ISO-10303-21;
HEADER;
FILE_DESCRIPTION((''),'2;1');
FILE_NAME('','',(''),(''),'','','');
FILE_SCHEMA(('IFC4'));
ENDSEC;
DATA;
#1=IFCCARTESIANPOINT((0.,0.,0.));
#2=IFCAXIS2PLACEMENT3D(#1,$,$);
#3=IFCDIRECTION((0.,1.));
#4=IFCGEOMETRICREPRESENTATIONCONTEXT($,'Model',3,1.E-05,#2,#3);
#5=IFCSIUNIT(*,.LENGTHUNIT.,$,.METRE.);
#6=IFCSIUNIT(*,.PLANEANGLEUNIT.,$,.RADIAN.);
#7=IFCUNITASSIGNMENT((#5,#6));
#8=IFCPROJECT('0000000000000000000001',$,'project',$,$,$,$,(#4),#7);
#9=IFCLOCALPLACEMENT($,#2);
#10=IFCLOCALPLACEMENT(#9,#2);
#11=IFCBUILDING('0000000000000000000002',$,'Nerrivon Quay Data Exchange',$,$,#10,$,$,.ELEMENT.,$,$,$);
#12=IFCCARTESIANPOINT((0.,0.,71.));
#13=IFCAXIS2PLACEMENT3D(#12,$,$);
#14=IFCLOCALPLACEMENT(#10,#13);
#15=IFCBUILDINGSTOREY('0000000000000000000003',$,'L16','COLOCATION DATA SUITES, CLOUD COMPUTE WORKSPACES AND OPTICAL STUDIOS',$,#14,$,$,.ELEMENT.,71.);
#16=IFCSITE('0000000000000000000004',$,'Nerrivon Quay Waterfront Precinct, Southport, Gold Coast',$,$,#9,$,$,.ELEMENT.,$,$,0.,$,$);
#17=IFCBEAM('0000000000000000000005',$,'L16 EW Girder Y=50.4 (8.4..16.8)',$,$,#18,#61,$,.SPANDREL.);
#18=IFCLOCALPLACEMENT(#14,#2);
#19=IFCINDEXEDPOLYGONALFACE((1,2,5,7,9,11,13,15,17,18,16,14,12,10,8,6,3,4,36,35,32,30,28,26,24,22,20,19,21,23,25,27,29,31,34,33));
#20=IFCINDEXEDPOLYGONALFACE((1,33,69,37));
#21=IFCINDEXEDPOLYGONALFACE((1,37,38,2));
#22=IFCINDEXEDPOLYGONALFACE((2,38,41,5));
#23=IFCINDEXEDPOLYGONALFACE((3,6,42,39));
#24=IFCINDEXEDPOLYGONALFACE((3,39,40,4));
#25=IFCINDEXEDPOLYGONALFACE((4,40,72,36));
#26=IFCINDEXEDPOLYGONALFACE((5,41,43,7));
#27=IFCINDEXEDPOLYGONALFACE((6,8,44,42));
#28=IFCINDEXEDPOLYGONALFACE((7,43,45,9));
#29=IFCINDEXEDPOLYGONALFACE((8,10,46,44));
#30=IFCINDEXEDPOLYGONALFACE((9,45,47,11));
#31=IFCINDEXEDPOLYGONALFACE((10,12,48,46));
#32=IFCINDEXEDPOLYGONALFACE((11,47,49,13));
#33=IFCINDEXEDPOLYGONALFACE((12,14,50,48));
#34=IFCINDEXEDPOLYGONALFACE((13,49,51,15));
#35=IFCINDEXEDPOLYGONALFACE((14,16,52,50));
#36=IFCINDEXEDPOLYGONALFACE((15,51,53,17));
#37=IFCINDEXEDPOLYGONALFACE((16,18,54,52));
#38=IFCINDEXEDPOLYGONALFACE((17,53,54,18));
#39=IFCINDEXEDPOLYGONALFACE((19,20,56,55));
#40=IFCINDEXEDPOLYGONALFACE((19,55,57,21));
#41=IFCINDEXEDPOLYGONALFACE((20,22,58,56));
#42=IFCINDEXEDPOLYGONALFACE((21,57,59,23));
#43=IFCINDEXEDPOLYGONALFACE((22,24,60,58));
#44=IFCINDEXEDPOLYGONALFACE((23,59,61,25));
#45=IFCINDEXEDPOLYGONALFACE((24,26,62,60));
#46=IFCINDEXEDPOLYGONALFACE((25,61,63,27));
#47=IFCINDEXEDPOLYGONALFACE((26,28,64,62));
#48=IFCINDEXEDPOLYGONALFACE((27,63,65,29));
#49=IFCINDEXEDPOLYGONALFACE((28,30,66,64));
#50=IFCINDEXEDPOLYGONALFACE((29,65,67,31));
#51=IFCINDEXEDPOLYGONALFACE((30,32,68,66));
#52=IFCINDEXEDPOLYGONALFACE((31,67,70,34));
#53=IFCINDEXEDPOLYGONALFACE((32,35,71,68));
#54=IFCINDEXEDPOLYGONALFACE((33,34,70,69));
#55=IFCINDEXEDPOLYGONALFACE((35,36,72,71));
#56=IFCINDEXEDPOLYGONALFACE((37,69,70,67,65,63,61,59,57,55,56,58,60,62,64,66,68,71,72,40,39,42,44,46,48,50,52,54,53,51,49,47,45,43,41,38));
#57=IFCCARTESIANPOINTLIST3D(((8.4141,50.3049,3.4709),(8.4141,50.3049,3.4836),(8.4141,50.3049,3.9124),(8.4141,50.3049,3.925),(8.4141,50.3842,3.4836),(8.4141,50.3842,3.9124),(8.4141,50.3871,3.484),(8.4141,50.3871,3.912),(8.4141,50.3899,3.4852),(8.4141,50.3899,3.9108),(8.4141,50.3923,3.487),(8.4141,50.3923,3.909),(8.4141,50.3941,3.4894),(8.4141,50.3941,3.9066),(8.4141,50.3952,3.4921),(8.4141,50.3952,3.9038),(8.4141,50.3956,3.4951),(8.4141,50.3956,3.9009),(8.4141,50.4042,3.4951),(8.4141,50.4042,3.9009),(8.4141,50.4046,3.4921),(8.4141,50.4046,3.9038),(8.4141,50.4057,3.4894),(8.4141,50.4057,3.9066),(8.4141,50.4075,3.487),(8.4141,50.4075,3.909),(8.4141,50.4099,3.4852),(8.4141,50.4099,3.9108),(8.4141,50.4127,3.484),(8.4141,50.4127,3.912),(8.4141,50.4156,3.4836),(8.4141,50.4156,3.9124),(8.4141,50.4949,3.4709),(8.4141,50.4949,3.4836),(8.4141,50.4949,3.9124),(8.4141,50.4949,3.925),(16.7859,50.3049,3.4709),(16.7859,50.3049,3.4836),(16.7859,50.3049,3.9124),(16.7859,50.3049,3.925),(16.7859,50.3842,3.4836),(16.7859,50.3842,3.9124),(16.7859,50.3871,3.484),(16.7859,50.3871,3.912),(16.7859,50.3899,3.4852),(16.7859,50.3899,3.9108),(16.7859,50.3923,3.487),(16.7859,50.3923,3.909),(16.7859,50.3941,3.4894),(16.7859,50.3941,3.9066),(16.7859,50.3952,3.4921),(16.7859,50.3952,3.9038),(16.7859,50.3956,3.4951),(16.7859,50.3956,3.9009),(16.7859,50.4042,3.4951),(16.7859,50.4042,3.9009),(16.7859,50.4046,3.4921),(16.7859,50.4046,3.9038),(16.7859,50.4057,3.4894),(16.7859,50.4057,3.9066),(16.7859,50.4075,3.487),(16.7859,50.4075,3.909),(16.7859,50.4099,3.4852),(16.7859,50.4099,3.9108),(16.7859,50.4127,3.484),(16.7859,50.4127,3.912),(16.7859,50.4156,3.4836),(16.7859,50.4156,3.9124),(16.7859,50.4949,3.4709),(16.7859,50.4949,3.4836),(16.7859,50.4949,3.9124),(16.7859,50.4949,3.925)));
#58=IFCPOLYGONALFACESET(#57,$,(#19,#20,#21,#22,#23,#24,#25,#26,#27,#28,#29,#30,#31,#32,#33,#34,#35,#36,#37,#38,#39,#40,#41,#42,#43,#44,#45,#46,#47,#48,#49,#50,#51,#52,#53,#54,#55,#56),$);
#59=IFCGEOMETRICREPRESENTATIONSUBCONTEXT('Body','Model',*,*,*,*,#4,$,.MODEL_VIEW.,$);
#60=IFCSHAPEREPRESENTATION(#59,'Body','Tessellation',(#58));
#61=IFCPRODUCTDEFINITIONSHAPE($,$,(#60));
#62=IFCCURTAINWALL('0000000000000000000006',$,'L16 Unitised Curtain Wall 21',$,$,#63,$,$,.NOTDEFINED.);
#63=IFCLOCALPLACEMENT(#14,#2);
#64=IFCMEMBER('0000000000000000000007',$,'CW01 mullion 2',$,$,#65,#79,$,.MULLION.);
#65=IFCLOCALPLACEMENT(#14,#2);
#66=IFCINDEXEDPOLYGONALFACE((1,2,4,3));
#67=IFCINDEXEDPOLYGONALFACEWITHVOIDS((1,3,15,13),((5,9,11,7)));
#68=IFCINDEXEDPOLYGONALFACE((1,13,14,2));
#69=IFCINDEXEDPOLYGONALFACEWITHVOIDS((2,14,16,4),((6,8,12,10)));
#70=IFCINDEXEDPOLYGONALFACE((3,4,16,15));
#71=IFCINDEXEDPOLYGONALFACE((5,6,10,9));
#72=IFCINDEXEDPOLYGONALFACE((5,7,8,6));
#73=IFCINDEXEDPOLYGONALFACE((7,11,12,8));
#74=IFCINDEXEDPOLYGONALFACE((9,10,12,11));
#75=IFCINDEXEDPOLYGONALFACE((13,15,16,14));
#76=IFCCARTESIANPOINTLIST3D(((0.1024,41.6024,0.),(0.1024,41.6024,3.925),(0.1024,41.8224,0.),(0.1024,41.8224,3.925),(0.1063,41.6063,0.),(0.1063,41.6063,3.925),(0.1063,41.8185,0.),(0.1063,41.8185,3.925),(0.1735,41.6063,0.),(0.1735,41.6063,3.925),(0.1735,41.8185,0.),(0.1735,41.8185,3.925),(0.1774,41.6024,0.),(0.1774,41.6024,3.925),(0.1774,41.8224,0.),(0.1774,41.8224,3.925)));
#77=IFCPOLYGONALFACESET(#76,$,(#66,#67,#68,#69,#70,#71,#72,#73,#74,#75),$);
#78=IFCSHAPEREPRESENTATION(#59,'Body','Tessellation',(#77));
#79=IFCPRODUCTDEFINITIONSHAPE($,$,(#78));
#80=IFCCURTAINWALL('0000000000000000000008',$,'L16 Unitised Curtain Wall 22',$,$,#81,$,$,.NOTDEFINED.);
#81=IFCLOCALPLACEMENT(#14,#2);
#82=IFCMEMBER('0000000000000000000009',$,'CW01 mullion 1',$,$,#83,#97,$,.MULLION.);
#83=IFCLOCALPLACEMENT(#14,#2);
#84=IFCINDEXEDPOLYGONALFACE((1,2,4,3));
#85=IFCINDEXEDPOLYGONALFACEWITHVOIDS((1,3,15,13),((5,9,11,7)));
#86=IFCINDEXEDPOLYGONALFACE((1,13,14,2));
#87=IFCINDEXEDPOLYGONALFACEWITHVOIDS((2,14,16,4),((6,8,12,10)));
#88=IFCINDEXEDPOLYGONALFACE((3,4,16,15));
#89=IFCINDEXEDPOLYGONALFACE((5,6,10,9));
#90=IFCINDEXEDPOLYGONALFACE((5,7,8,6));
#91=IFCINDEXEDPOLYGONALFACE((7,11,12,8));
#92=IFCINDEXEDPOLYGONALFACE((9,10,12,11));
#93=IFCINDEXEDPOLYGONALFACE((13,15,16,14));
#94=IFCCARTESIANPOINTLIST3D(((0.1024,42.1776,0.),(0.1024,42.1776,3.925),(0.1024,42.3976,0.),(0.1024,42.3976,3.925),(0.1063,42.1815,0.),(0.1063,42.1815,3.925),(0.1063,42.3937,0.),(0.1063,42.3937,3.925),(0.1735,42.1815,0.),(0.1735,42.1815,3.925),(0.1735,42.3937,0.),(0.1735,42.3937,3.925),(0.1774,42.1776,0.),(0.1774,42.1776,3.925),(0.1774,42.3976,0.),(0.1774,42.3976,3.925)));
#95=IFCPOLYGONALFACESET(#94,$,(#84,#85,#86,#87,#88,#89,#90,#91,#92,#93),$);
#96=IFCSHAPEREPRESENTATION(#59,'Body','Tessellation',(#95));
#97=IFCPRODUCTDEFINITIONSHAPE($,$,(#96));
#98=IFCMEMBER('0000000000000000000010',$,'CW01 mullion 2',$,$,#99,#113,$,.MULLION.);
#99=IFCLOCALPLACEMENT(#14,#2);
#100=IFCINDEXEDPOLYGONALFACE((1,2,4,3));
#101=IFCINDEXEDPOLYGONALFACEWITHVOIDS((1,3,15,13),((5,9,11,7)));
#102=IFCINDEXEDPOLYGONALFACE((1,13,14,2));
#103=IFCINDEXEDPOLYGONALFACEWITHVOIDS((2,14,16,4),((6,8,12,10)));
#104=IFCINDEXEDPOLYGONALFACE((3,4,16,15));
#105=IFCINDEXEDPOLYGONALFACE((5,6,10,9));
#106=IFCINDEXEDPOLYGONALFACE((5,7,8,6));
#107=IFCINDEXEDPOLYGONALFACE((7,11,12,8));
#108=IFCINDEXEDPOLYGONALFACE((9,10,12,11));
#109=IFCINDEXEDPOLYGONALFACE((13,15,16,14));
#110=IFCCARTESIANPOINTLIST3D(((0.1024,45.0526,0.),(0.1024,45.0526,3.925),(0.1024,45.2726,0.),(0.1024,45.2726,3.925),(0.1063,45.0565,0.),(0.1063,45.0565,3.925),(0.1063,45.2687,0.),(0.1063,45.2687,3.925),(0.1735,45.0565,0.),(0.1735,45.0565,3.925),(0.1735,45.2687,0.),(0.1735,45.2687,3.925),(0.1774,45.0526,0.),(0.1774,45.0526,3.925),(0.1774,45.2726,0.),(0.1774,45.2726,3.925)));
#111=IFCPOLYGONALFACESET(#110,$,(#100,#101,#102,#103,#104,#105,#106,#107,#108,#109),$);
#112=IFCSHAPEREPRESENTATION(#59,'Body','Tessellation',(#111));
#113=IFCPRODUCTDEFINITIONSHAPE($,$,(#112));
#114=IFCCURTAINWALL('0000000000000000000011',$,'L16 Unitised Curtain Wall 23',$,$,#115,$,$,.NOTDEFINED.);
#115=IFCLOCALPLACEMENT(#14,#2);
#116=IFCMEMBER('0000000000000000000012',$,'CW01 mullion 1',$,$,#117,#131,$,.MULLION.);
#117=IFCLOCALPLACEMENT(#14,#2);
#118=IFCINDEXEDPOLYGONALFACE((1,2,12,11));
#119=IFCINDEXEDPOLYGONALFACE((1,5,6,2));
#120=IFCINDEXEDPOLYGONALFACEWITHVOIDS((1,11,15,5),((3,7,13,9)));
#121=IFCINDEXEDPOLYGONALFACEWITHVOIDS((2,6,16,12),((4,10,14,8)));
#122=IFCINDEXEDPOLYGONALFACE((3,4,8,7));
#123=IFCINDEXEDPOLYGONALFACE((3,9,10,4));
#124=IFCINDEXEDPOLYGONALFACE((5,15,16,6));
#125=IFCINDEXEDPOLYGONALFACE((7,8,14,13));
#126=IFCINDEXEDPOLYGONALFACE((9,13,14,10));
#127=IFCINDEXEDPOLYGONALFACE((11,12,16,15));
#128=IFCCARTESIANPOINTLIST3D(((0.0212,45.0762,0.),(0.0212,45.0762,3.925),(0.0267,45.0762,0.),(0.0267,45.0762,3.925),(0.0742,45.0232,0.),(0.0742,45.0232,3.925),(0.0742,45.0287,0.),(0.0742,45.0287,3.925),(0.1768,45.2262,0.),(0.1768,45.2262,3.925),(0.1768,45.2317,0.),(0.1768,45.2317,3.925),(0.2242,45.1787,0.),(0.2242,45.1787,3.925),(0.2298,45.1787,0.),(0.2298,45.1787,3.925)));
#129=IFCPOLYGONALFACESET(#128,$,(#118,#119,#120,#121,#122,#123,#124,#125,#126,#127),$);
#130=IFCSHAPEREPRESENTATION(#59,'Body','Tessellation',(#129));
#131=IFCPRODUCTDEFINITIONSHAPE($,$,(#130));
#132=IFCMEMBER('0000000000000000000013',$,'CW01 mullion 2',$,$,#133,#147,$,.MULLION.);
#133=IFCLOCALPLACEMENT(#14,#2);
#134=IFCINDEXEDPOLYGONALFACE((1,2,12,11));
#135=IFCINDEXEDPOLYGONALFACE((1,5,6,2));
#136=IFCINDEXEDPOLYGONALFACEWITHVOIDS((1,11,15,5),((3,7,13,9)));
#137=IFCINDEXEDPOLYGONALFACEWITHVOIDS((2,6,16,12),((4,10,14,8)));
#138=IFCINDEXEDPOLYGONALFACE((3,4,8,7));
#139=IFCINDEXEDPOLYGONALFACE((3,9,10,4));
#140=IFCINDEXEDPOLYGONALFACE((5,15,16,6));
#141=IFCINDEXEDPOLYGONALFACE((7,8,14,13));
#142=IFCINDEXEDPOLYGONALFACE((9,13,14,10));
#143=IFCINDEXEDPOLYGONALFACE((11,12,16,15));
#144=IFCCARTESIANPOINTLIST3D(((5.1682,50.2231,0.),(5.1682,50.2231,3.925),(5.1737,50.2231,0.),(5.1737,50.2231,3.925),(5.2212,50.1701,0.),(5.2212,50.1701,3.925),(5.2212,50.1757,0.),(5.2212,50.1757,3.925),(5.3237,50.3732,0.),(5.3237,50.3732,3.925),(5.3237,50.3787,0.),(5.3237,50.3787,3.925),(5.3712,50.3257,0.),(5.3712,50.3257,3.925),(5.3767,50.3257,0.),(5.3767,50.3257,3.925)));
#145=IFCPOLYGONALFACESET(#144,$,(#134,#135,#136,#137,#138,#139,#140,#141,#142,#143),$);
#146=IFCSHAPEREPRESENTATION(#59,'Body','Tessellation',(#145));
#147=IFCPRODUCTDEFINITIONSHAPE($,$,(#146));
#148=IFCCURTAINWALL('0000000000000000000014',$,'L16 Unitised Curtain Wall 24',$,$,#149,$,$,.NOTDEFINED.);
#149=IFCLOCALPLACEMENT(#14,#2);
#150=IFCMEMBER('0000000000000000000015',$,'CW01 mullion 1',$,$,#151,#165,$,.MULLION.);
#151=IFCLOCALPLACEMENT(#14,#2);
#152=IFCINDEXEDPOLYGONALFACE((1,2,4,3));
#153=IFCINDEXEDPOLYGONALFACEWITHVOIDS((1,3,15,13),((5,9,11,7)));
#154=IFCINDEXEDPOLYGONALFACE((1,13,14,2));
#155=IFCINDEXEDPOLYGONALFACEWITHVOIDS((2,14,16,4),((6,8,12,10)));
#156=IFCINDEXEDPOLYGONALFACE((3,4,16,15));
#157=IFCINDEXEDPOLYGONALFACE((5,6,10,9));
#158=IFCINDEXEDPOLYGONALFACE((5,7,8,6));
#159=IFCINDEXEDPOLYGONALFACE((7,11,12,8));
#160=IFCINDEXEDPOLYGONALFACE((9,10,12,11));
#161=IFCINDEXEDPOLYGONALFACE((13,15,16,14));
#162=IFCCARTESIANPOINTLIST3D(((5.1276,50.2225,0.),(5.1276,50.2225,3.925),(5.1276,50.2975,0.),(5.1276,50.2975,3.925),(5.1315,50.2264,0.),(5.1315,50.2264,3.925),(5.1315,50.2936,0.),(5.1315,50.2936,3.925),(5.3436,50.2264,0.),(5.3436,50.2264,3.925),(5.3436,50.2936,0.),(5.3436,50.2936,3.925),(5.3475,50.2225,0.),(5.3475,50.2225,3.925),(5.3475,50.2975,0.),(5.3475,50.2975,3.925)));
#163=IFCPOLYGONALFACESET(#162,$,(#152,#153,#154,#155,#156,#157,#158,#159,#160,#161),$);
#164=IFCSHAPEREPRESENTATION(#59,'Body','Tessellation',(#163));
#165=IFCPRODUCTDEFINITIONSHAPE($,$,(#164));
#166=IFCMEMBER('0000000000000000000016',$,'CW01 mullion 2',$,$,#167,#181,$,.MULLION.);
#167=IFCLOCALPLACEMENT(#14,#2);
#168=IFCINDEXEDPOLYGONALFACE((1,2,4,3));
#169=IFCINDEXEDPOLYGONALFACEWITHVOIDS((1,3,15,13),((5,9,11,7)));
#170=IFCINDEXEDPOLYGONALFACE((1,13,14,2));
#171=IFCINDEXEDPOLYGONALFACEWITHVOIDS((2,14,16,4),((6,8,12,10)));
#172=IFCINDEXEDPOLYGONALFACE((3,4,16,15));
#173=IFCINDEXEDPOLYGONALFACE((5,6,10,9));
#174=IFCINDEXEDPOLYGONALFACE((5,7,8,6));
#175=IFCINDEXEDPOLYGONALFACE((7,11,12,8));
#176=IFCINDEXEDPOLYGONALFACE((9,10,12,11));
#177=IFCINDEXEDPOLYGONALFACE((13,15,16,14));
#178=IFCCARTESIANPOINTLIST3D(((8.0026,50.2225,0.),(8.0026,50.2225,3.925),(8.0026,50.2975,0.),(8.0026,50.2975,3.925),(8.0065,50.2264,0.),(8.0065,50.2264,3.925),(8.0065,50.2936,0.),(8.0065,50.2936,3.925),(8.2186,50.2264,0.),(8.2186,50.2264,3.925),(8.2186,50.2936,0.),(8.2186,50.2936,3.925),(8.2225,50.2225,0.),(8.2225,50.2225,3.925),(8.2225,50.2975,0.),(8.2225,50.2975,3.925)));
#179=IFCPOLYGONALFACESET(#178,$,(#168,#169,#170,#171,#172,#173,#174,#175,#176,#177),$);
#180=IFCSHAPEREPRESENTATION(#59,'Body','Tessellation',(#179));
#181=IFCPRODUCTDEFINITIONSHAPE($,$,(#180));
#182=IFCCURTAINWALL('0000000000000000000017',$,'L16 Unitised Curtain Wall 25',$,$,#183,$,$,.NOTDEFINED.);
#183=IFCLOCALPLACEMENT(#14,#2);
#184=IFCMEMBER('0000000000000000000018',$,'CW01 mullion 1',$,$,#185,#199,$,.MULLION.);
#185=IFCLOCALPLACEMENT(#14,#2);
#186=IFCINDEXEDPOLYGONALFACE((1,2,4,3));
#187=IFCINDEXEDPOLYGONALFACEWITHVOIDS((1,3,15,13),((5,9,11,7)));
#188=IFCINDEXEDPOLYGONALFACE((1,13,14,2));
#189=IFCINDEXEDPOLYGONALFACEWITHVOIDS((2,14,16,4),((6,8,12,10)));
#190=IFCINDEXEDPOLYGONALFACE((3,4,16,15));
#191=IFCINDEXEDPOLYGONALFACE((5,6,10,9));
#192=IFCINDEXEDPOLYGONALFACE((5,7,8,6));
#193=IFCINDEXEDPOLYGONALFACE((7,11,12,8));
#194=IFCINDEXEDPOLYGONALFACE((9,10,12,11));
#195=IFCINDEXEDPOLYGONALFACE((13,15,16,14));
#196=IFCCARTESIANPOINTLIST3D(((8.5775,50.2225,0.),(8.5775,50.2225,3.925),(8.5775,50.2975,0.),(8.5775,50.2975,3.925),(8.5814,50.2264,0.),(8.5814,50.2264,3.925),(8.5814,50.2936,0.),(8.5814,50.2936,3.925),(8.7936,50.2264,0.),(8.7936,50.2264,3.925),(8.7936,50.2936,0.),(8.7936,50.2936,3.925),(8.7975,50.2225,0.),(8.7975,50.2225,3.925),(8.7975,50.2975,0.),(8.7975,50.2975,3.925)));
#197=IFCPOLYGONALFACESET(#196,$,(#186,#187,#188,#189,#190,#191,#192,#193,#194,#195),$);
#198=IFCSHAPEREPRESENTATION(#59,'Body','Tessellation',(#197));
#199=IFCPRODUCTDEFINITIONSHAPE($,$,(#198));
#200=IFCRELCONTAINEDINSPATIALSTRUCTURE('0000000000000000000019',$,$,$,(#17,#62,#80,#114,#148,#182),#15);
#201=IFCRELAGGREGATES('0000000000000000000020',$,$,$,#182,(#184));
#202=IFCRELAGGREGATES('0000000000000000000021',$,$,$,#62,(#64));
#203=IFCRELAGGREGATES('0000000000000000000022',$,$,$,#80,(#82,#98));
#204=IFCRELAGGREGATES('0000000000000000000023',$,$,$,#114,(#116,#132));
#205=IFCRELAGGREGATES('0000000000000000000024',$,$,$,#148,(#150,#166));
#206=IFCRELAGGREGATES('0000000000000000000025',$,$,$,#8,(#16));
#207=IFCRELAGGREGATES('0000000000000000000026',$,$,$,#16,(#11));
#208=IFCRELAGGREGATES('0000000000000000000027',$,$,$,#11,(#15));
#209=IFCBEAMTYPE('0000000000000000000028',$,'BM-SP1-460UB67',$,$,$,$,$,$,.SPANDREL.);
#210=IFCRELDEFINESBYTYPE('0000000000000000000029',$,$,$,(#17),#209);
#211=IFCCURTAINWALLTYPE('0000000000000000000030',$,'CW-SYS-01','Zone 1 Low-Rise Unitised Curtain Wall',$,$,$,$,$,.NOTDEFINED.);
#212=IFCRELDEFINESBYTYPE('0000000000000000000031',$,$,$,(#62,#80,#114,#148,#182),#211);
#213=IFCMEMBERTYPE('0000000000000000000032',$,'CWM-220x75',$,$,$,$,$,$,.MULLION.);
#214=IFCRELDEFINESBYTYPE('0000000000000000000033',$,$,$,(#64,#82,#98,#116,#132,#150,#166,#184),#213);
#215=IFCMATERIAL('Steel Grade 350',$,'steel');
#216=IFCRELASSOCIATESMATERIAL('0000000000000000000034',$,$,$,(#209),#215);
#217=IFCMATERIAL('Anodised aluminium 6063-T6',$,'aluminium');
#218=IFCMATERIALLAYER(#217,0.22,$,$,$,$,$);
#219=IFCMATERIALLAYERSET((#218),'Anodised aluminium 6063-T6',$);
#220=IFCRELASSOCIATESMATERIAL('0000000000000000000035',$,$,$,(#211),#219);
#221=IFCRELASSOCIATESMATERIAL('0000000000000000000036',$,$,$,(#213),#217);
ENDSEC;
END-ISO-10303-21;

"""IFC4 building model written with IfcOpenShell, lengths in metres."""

from ifc_helpers import new_model, si_unit, direction, frame, origin, origin_2d, place, context, subcontext, project, spatial, hollow_rectangle, i_section, extrude, material, layer, layer_set, material_profile, profile_set, type_object, element, aggregate, save


model = new_model("IFC4")

# Units and contexts
model_context = context("Model", 3, precision=1e-05, world=origin(), true_north=direction((0.0, 1.0)))
body_context = subcontext(model_context, "Body", "Model", "MODEL_VIEW")
ifc_project = project(units=[si_unit("LENGTHUNIT", "METRE"), si_unit("PLANEANGLEUNIT", "RADIAN")], contexts=[model_context])

# Site, building, storey
site_placement = place(None, origin())
site = spatial("IfcSite", under=ifc_project, at=site_placement, Name="Nerrivon Quay Waterfront Precinct, Southport, Gold Coast", CompositionType="ELEMENT", RefElevation=0.0)
building_placement = place(site_placement, origin())
building = spatial("IfcBuilding", under=site, at=building_placement, Name="Nerrivon Quay Data Exchange", CompositionType="ELEMENT")
storey_placement = place(building_placement, frame((0.0, 0.0, 71.0)))
storey = spatial("IfcBuildingStorey", under=building, at=storey_placement, Name="L16", Description="COLOCATION DATA SUITES, CLOUD COMPUTE WORKSPACES AND OPTICAL STUDIOS", CompositionType="ELEMENT", Elevation=71.0)

# Shared definitions
ifc_material_1 = material(Name="Steel Grade 350", Category="steel")

# Beam
ifc_material_profile_1 = material_profile(ifc_material_1, i_section(OverallWidth=0.1899, OverallDepth=0.4541, WebThickness=0.0085, FlangeThickness=0.0127, FilletRadius=0.0115, at=origin_2d()), Name="460UB67.1")
ifc_profile_set_1 = profile_set([ifc_material_profile_1], Name="Steel Grade 350")
beam_type_1 = type_object("IfcBeamType", Name="BM-SP1-460UB67", PredefinedType="SPANDREL", material=ifc_profile_set_1)
beam_1_placement = place(storey_placement, frame((8.4141, 50.3999, 3.698), z_axis=(1.0, 0.0, 0.0), x_axis=(0.0, 1.0, 0.0)))
element("IfcBeam", 1, at=beam_1_placement, inside=storey, type_object=beam_type_1, Name="L16 EW Girder Y=50.4 (8.4..16.8)", PredefinedType="SPANDREL", context=body_context, shape_type="SweptSolid", body=[
    extrude(i_section(OverallWidth=0.1899, OverallDepth=0.4541, WebThickness=0.0085, FlangeThickness=0.0127, FilletRadius=0.0115, at=origin_2d()), origin(), (0.0, 0.0, 1.0), 8.3718),
])

# Curtain wall, member
ifc_material_2 = material(Name="Anodised aluminium 6063-T6", Category="aluminium")
ifc_layer_1 = layer(ifc_material_2, 0.22)
ifc_layer_set_1 = layer_set([ifc_layer_1], Name="Anodised aluminium 6063-T6")
curtain_wall_type = type_object("IfcCurtainWallType", Name="CW-SYS-01", Description="Zone 1 Low-Rise Unitised Curtain Wall", PredefinedType="NOTDEFINED", material=ifc_layer_set_1)
curtain_wall_1_placement = place(storey_placement, origin())
curtain_wall_1 = element("IfcCurtainWall", 2, at=curtain_wall_1_placement, inside=storey, type_object=curtain_wall_type, Name="L16 Unitised Curtain Wall 21", PredefinedType="NOTDEFINED")
ifc_material_profile_2 = material_profile(ifc_material_2, hollow_rectangle(XDim=0.075, YDim=0.22, WallThickness=0.0039, at=origin_2d()), Name="ALU-MULL-220x75")
ifc_profile_set_2 = profile_set([ifc_material_profile_2], Name="Anodised aluminium 6063-T6")
member_type_1 = type_object("IfcMemberType", Name="CWM-220x75", PredefinedType="MULLION", material=ifc_profile_set_2)
member_1_placement = place(storey_placement, frame((0.1399, 41.7124, 0.0), z_axis=(0.0, 0.0, 1.0), x_axis=(-1.0, 0.0, 0.0)))
member_1 = element("IfcMember", 3, at=member_1_placement, type_object=member_type_1, Name="CW01 mullion 2", PredefinedType="MULLION", context=body_context, shape_type="SweptSolid", body=[
    extrude(hollow_rectangle(XDim=0.075, YDim=0.22, WallThickness=0.0039, at=origin_2d()), origin(), (0.0, 0.0, 1.0), 3.925),
])

# Curtain walls, members
curtain_wall_2_placement = place(storey_placement, origin())
curtain_wall_2 = element("IfcCurtainWall", 4, at=curtain_wall_2_placement, inside=storey, type_object=curtain_wall_type, Name="L16 Unitised Curtain Wall 22", PredefinedType="NOTDEFINED")
member_2_placement = place(storey_placement, frame((0.1399, 42.2876, 0.0), z_axis=(0.0, 0.0, 1.0), x_axis=(-1.0, 0.0, 0.0)))
member_2 = element("IfcMember", 5, at=member_2_placement, type_object=member_type_1, Name="CW01 mullion 1", PredefinedType="MULLION", context=body_context, shape_type="SweptSolid", body=[
    extrude(hollow_rectangle(XDim=0.075, YDim=0.22, WallThickness=0.0039, at=origin_2d()), origin(), (0.0, 0.0, 1.0), 3.925),
])
member_3_placement = place(storey_placement, frame((0.1399, 45.1626, 0.0), z_axis=(0.0, 0.0, 1.0), x_axis=(-1.0, 0.0, 0.0)))
member_3 = element("IfcMember", 6, at=member_3_placement, type_object=member_type_1, Name="CW01 mullion 2", PredefinedType="MULLION", context=body_context, shape_type="SweptSolid", body=[
    extrude(hollow_rectangle(XDim=0.075, YDim=0.22, WallThickness=0.0039, at=origin_2d()), origin(), (0.0, 0.0, 1.0), 3.925),
])
curtain_wall_3_placement = place(storey_placement, origin())
curtain_wall_3 = element("IfcCurtainWall", 7, at=curtain_wall_3_placement, inside=storey, type_object=curtain_wall_type, Name="L16 Unitised Curtain Wall 23", PredefinedType="NOTDEFINED")
member_4_placement = place(storey_placement, frame((0.1255, 45.1274, 0.0), z_axis=(0.0, 0.0, 1.0), x_axis=(-0.707107, 0.707107, 0.0)))
member_4 = element("IfcMember", 8, at=member_4_placement, type_object=member_type_1, Name="CW01 mullion 1", PredefinedType="MULLION", context=body_context, shape_type="SweptSolid", body=[
    extrude(hollow_rectangle(XDim=0.075, YDim=0.22, WallThickness=0.0039, at=origin_2d()), origin(), (0.0, 0.0, 1.0), 3.925),
])
member_5_placement = place(storey_placement, frame((5.2725, 50.2744, 0.0), z_axis=(0.0, 0.0, 1.0), x_axis=(-0.707107, 0.707107, 0.0)))
member_5 = element("IfcMember", 9, at=member_5_placement, type_object=member_type_1, Name="CW01 mullion 2", PredefinedType="MULLION", context=body_context, shape_type="SweptSolid", body=[
    extrude(hollow_rectangle(XDim=0.075, YDim=0.22, WallThickness=0.0039, at=origin_2d()), origin(), (0.0, 0.0, 1.0), 3.925),
])
curtain_wall_4_placement = place(storey_placement, origin())
curtain_wall_4 = element("IfcCurtainWall", 10, at=curtain_wall_4_placement, inside=storey, type_object=curtain_wall_type, Name="L16 Unitised Curtain Wall 24", PredefinedType="NOTDEFINED")
member_6_placement = place(storey_placement, frame((5.2375, 50.26, 0.0), z_axis=(0.0, 0.0, 1.0), x_axis=(0.0, 1.0, 0.0)))
member_6 = element("IfcMember", 11, at=member_6_placement, type_object=member_type_1, Name="CW01 mullion 1", PredefinedType="MULLION", context=body_context, shape_type="SweptSolid", body=[
    extrude(hollow_rectangle(XDim=0.075, YDim=0.22, WallThickness=0.0039, at=origin_2d()), origin(), (0.0, 0.0, 1.0), 3.925),
])
member_7_placement = place(storey_placement, frame((8.1125, 50.26, 0.0), z_axis=(0.0, 0.0, 1.0), x_axis=(0.0, 1.0, 0.0)))
member_7 = element("IfcMember", 12, at=member_7_placement, type_object=member_type_1, Name="CW01 mullion 2", PredefinedType="MULLION", context=body_context, shape_type="SweptSolid", body=[
    extrude(hollow_rectangle(XDim=0.075, YDim=0.22, WallThickness=0.0039, at=origin_2d()), origin(), (0.0, 0.0, 1.0), 3.925),
])

# Curtain wall, member
curtain_wall_5_placement = place(storey_placement, origin())
curtain_wall_5 = element("IfcCurtainWall", 13, at=curtain_wall_5_placement, inside=storey, type_object=curtain_wall_type, Name="L16 Unitised Curtain Wall 25", PredefinedType="NOTDEFINED")
member_8_placement = place(storey_placement, frame((8.6875, 50.26, 0.0), z_axis=(0.0, 0.0, 1.0), x_axis=(0.0, 1.0, 0.0)))
member_8 = element("IfcMember", 14, at=member_8_placement, type_object=member_type_1, Name="CW01 mullion 1", PredefinedType="MULLION", context=body_context, shape_type="SweptSolid", body=[
    extrude(hollow_rectangle(XDim=0.075, YDim=0.22, WallThickness=0.0039, at=origin_2d()), origin(), (0.0, 0.0, 1.0), 3.925),
])
aggregate(curtain_wall_5, [member_8])

aggregate(curtain_wall_1, [member_1])
aggregate(curtain_wall_2, [member_2, member_3])
aggregate(curtain_wall_3, [member_4, member_5])
aggregate(curtain_wall_4, [member_6, member_7])

save(model, "model.ifc")
